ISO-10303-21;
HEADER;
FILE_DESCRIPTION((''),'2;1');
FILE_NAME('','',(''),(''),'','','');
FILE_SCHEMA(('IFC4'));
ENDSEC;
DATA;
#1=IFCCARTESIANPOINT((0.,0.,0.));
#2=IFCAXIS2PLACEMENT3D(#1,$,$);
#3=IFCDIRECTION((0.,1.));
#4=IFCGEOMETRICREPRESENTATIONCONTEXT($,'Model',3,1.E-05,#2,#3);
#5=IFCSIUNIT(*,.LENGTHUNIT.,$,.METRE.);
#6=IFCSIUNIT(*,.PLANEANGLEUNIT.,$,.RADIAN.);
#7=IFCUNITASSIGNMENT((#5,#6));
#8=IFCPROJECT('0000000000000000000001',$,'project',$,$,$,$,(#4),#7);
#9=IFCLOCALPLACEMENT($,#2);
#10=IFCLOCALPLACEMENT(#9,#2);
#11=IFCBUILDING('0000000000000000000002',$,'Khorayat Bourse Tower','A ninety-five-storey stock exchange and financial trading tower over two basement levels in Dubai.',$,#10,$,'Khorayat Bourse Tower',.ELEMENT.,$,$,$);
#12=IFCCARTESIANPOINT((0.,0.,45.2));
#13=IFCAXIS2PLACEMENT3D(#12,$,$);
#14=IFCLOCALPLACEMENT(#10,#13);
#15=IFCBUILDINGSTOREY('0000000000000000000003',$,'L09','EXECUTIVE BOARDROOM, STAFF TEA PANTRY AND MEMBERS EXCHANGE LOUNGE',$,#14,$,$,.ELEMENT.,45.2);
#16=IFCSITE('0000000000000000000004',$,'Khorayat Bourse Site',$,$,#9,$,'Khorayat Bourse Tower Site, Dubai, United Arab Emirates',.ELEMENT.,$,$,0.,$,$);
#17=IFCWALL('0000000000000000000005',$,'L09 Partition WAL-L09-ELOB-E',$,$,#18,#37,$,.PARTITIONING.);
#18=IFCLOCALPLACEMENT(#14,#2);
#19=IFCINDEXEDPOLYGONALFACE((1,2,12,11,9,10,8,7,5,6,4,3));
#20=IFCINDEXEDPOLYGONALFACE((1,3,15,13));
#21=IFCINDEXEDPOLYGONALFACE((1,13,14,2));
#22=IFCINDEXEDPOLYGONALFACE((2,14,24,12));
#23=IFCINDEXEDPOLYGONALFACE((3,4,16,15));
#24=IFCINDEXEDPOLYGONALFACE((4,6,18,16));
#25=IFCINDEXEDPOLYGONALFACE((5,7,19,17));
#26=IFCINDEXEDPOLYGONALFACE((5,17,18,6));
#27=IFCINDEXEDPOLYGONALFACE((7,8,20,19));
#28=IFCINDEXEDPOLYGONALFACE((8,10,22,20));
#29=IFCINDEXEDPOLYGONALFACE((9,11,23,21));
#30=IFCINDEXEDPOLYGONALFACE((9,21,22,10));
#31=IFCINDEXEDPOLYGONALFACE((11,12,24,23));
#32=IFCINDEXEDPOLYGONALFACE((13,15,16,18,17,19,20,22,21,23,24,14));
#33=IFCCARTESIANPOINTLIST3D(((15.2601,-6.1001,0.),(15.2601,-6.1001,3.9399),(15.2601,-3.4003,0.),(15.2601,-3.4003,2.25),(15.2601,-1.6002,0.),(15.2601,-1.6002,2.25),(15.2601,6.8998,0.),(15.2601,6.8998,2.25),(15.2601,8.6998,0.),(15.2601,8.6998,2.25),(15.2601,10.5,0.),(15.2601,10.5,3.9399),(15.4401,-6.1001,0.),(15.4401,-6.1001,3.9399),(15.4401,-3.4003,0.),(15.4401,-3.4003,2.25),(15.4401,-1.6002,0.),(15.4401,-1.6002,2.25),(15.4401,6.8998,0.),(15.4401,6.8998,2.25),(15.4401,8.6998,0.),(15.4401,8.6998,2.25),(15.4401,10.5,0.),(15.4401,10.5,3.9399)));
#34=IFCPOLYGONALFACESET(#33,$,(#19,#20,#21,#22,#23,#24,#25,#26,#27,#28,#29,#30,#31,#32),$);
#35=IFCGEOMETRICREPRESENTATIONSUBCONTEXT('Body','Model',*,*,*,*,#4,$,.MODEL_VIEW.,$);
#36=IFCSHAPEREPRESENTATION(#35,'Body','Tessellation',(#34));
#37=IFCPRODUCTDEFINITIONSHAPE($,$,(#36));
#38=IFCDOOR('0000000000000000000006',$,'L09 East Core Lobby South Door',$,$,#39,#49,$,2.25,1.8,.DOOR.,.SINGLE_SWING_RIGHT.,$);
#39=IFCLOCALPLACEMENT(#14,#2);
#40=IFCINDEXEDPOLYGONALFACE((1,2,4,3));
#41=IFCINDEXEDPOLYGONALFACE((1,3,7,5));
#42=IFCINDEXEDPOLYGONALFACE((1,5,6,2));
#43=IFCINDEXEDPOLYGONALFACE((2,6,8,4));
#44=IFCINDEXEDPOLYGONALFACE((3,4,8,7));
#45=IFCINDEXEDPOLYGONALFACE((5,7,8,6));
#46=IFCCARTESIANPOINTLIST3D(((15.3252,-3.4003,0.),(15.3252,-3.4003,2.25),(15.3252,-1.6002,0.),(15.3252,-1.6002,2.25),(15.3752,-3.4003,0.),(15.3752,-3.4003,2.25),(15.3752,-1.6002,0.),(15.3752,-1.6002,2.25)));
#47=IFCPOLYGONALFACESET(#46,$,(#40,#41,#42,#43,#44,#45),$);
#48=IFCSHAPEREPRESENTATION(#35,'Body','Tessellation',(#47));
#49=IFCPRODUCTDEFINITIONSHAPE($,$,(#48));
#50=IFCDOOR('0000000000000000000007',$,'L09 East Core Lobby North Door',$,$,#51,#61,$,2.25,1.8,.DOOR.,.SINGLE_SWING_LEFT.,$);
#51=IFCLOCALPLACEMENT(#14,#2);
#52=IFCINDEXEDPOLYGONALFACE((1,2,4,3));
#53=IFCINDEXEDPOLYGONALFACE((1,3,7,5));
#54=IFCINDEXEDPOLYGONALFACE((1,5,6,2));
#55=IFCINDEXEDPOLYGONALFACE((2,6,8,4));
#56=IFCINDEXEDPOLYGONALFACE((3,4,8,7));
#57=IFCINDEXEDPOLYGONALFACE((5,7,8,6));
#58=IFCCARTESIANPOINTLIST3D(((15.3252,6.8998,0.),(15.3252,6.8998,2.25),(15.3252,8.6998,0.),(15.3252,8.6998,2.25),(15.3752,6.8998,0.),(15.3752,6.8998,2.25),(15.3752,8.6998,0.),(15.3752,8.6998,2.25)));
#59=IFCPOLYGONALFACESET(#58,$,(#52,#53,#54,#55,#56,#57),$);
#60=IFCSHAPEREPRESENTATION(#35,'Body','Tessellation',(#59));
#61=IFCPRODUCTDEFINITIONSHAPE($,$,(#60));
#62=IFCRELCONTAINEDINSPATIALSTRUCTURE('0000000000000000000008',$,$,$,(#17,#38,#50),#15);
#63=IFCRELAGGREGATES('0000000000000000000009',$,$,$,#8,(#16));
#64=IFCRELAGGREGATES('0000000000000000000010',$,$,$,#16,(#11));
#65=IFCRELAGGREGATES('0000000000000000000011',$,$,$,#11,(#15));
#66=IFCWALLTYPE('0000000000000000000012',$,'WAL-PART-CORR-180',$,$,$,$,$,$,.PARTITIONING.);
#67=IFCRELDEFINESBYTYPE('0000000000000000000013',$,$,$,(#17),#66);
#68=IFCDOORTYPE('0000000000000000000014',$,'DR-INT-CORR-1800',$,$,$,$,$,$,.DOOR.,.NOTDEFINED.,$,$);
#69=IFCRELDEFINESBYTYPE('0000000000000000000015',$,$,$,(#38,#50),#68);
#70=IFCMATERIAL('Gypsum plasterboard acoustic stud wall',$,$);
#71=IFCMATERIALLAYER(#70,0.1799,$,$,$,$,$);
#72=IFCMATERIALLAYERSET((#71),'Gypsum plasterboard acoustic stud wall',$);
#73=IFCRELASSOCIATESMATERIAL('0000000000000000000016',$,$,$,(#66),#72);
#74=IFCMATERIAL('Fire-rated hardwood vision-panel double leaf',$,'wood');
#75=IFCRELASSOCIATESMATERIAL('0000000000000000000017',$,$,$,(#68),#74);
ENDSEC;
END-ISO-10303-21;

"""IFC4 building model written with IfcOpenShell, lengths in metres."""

from ifc_helpers import new_model, si_unit, direction, frame, frame_2d, origin, place, context, subcontext, project, spatial, rectangle, extrude, source, transform, mapped, material, layer, layer_set, type_object, element, fill, save


model = new_model("IFC4")

# Units and contexts
model_context = context("Model", 3, precision=1e-05, world=origin(), true_north=direction((0.0, 1.0)))
body_context = subcontext(model_context, "Body", "Model", "MODEL_VIEW")
ifc_project = project(units=[si_unit("LENGTHUNIT", "METRE"), si_unit("PLANEANGLEUNIT", "RADIAN")], contexts=[model_context])

# Site, building, storey
site_placement = place(None, origin())
site = spatial("IfcSite", under=ifc_project, at=site_placement, Name="Khorayat Bourse Site", LongName="Khorayat Bourse Tower Site, Dubai, United Arab Emirates", CompositionType="ELEMENT", RefElevation=0.0)
building_placement = place(site_placement, origin())
building = spatial("IfcBuilding", under=site, at=building_placement, Name="Khorayat Bourse Tower", Description="A ninety-five-storey stock exchange and financial trading tower over two basement levels in Dubai.", LongName="Khorayat Bourse Tower", CompositionType="ELEMENT")
storey_placement = place(building_placement, frame((0.0, 0.0, 45.2)))
storey = spatial("IfcBuildingStorey", under=building, at=storey_placement, Name="L09", Description="EXECUTIVE BOARDROOM, STAFF TEA PANTRY AND MEMBERS EXCHANGE LOUNGE", CompositionType="ELEMENT", Elevation=45.2)

# Wall, openings, doors
ifc_material_1 = material(Name="Gypsum plasterboard acoustic stud wall")
ifc_layer_1 = layer(ifc_material_1, 0.1799)
ifc_layer_set_1 = layer_set([ifc_layer_1], Name="Gypsum plasterboard acoustic stud wall")
wall_type_1 = type_object("IfcWallType", Name="WAL-PART-CORR-180", PredefinedType="PARTITIONING", material=ifc_layer_set_1)
shared_shape_1 = source(origin(), body_context, "Body", "SweptSolid", [
    extrude(rectangle(XDim=16.6001, YDim=0.1799, at=frame_2d((8.3, 0.0))), origin(), (0.0, 0.0, 1.0), 3.9399),
])
wall_1_placement = place(storey_placement, frame((15.3501, -6.1001, 0.0), z_axis=(0.0, 0.0, 1.0), x_axis=(0.0, 1.0, 0.0)))
wall_1 = element("IfcWall", 1, at=wall_1_placement, inside=storey, type_object=wall_type_1, Name="L09 Partition WAL-L09-ELOB-E", PredefinedType="PARTITIONING", context=body_context, shape_type="MappedRepresentation", body=[
    mapped(shared_shape_1, transform((0.0, 0.0, 0.0), scale=1.0)),
])
shared_shape_2 = source(origin(), body_context, "Body", "SweptSolid", [
    extrude(rectangle(XDim=1.8, YDim=2.25, at=frame_2d((0.8999, 1.125))), frame((0.0, 0.0999, 0.0), z_axis=(0.0, -1.0, 0.0), x_axis=(1.0, 0.0, 0.0)), (0.0, 0.0, 1.0), 0.2),
])
opening_1_placement = place(wall_1_placement, frame((2.7, 0.0, 0.0)))
opening_1 = element("IfcOpeningElement", 2, at=opening_1_placement, cuts=wall_1, PredefinedType="OPENING", context=body_context, shape_type="MappedRepresentation", body=[
    mapped(shared_shape_2, transform((0.0, 0.0, 0.0), scale=1.0)),
])
opening_2_placement = place(wall_1_placement, frame((13.0, 0.0, 0.0)))
opening_2 = element("IfcOpeningElement", 3, at=opening_2_placement, cuts=wall_1, PredefinedType="OPENING", context=body_context, shape_type="MappedRepresentation", body=[
    mapped(shared_shape_2, transform((0.0, 0.0, 0.0), scale=1.0)),
])
ifc_material_2 = material(Name="Fire-rated hardwood vision-panel double leaf", Category="wood")
door_type_1 = type_object("IfcDoorType", Name="DR-INT-CORR-1800", OperationType="NOTDEFINED", PredefinedType="DOOR", material=ifc_material_2)
shared_shape_3 = source(origin(), body_context, "Body", "SweptSolid", [
    extrude(rectangle(XDim=1.8, YDim=2.25, at=frame_2d((0.8999, 1.125))), frame((0.0, 0.0249, 0.0), z_axis=(0.0, -1.0, 0.0), x_axis=(1.0, 0.0, 0.0)), (0.0, 0.0, 1.0), 0.05),
])
door_1_placement = place(opening_1_placement, origin())
door_1 = element("IfcDoor", 4, at=door_1_placement, inside=storey, type_object=door_type_1, Name="L09 East Core Lobby South Door", OperationType="SINGLE_SWING_RIGHT", OverallHeight=2.25, OverallWidth=1.8, PredefinedType="DOOR", context=body_context, shape_type="MappedRepresentation", body=[
    mapped(shared_shape_3, transform((0.0, 0.0, 0.0), scale=1.0)),
])
fill(opening_1, door_1)
door_2_placement = place(opening_2_placement, origin())
door_2 = element("IfcDoor", 5, at=door_2_placement, inside=storey, type_object=door_type_1, Name="L09 East Core Lobby North Door", OperationType="SINGLE_SWING_LEFT", OverallHeight=2.25, OverallWidth=1.8, PredefinedType="DOOR", context=body_context, shape_type="MappedRepresentation", body=[
    mapped(shared_shape_3, transform((0.0, 0.0, 0.0), scale=1.0)),
])
fill(opening_2, door_2)

save(model, "model.ifc")
